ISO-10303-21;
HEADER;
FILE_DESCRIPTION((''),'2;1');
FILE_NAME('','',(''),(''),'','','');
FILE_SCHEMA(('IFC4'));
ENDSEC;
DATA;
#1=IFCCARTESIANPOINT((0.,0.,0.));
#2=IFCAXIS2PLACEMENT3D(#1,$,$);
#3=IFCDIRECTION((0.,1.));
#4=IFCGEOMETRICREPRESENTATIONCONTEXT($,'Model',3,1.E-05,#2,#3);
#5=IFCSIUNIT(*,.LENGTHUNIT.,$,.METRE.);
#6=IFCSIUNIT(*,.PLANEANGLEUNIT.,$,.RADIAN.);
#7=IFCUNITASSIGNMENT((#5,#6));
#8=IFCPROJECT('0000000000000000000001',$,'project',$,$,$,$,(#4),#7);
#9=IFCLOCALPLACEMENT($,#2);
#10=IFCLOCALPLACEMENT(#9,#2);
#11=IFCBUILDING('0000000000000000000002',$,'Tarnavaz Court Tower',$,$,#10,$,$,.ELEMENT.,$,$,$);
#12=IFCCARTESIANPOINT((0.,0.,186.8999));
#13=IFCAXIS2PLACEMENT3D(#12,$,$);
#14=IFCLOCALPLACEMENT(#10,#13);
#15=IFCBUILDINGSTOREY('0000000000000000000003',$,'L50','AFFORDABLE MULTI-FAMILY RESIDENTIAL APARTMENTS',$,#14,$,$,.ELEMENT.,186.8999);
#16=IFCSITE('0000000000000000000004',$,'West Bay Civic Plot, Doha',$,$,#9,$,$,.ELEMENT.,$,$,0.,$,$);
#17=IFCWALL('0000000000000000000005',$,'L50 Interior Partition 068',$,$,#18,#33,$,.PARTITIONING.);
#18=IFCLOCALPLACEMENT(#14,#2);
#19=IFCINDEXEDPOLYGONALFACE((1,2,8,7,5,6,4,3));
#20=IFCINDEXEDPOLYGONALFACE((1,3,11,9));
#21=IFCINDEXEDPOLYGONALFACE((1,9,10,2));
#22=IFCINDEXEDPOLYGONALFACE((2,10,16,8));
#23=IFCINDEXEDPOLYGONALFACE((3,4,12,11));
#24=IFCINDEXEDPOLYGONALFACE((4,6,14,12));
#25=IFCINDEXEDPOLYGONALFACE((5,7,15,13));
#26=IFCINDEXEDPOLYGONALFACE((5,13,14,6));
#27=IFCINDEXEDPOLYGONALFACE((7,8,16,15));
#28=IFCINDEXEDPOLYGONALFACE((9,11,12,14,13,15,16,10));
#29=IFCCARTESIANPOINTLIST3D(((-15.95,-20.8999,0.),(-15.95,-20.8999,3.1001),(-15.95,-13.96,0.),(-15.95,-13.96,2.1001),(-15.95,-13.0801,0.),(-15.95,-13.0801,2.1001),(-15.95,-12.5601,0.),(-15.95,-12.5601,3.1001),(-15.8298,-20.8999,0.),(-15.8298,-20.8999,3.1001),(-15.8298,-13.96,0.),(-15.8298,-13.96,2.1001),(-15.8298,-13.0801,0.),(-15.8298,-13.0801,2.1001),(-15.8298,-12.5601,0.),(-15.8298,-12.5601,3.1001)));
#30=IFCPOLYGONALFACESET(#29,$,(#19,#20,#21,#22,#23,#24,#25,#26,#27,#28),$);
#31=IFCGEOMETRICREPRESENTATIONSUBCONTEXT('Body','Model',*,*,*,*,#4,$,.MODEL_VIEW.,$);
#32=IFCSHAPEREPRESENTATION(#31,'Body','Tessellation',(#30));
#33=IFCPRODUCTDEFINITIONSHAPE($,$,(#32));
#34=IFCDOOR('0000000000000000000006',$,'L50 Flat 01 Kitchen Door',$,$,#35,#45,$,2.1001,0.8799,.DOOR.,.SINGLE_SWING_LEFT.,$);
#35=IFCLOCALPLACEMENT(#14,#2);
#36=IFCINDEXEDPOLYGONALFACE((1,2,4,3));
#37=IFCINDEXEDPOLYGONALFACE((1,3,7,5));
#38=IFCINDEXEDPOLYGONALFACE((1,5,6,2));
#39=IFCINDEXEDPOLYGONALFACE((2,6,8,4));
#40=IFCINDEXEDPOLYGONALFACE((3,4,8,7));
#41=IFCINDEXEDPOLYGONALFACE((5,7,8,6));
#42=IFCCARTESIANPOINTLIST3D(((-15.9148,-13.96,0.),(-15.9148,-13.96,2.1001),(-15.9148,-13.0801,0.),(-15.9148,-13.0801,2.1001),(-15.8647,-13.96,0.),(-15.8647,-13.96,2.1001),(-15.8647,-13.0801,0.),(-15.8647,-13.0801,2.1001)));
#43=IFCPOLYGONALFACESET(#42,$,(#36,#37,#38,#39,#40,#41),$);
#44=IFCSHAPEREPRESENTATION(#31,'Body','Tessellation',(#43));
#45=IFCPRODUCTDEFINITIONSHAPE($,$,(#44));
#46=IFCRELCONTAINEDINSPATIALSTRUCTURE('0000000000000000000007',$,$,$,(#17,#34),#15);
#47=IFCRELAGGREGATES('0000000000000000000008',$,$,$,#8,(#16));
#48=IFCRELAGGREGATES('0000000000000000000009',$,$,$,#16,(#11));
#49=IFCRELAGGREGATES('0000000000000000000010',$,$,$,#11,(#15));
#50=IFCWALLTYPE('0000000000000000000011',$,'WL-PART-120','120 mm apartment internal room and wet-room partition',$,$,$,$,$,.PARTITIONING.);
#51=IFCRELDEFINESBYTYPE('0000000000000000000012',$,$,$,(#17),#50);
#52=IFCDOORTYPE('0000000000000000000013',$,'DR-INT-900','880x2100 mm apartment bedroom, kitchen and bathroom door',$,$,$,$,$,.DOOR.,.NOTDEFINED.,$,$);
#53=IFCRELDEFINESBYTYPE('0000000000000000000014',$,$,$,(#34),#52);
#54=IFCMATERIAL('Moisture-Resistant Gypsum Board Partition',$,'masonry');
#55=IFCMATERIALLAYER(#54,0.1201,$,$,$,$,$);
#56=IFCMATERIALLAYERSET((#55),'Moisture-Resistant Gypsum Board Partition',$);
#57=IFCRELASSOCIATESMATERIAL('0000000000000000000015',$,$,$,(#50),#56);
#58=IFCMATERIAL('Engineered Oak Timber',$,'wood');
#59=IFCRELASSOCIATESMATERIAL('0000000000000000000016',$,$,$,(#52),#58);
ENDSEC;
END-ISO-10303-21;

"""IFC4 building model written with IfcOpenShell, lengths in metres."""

from ifc_helpers import new_model, si_unit, direction, frame, frame_2d, origin, place, context, subcontext, project, spatial, rectangle, extrude, material, layer, layer_set, type_object, element, fill, save


model = new_model("IFC4")

# Units and contexts
model_context = context("Model", 3, precision=1e-05, world=origin(), true_north=direction((0.0, 1.0)))
body_context = subcontext(model_context, "Body", "Model", "MODEL_VIEW")
ifc_project = project(units=[si_unit("LENGTHUNIT", "METRE"), si_unit("PLANEANGLEUNIT", "RADIAN")], contexts=[model_context])

# Site, building, storey
site_placement = place(None, origin())
site = spatial("IfcSite", under=ifc_project, at=site_placement, Name="West Bay Civic Plot, Doha", CompositionType="ELEMENT", RefElevation=0.0)
building_placement = place(site_placement, origin())
building = spatial("IfcBuilding", under=site, at=building_placement, Name="Tarnavaz Court Tower", CompositionType="ELEMENT")
storey_placement = place(building_placement, frame((0.0, 0.0, 186.8999)))
storey = spatial("IfcBuildingStorey", under=building, at=storey_placement, Name="L50", Description="AFFORDABLE MULTI-FAMILY RESIDENTIAL APARTMENTS", CompositionType="ELEMENT", Elevation=186.8999)

# Wall, opening, door
ifc_material_1 = material(Name="Moisture-Resistant Gypsum Board Partition", Category="masonry")
ifc_layer_1 = layer(ifc_material_1, 0.1201)
ifc_layer_set_1 = layer_set([ifc_layer_1], Name="Moisture-Resistant Gypsum Board Partition")
wall_type_1 = type_object("IfcWallType", Name="WL-PART-120", Description="120 mm apartment internal room and wet-room partition", PredefinedType="PARTITIONING", material=ifc_layer_set_1)
wall_1_placement = place(storey_placement, frame((-15.8899, -20.8999, 0.0), z_axis=(0.0, 0.0, 1.0), x_axis=(0.0, 1.0, 0.0)))
wall_1 = element("IfcWall", 1, at=wall_1_placement, inside=storey, type_object=wall_type_1, Name="L50 Interior Partition 068", PredefinedType="PARTITIONING", context=body_context, shape_type="SweptSolid", body=[
    extrude(rectangle(XDim=8.3398, YDim=0.1201, at=frame_2d((4.1699, 0.0))), origin(), (0.0, 0.0, 1.0), 3.1001),
])
opening_1_placement = place(wall_1_placement, frame((6.9399, 0.0, 0.0)))
opening_1 = element("IfcOpeningElement", 2, at=opening_1_placement, cuts=wall_1, PredefinedType="OPENING", context=body_context, shape_type="SweptSolid", body=[
    extrude(rectangle(XDim=0.8799, YDim=2.1001, at=frame_2d((0.4399, 1.05))), frame((0.0, 0.0701, 0.0), z_axis=(0.0, -1.0, 0.0), x_axis=(1.0, 0.0, 0.0)), (0.0, 0.0, 1.0), 0.1401),
])
ifc_material_2 = material(Name="Engineered Oak Timber", Category="wood")
door_type_1 = type_object("IfcDoorType", Name="DR-INT-900", Description="880x2100 mm apartment bedroom, kitchen and bathroom door", OperationType="NOTDEFINED", PredefinedType="DOOR", material=ifc_material_2)
door_1_placement = place(opening_1_placement, origin())
door_1 = element("IfcDoor", 3, at=door_1_placement, inside=storey, type_object=door_type_1, Name="L50 Flat 01 Kitchen Door", OperationType="SINGLE_SWING_LEFT", OverallHeight=2.1001, OverallWidth=0.8799, PredefinedType="DOOR", context=body_context, shape_type="SweptSolid", body=[
    extrude(rectangle(XDim=0.8799, YDim=2.1001, at=frame_2d((0.4399, 1.05))), frame((0.0, 0.0249, 0.0), z_axis=(0.0, -1.0, 0.0), x_axis=(1.0, 0.0, 0.0)), (0.0, 0.0, 1.0), 0.05),
])
fill(opening_1, door_1)

save(model, "model.ifc")
